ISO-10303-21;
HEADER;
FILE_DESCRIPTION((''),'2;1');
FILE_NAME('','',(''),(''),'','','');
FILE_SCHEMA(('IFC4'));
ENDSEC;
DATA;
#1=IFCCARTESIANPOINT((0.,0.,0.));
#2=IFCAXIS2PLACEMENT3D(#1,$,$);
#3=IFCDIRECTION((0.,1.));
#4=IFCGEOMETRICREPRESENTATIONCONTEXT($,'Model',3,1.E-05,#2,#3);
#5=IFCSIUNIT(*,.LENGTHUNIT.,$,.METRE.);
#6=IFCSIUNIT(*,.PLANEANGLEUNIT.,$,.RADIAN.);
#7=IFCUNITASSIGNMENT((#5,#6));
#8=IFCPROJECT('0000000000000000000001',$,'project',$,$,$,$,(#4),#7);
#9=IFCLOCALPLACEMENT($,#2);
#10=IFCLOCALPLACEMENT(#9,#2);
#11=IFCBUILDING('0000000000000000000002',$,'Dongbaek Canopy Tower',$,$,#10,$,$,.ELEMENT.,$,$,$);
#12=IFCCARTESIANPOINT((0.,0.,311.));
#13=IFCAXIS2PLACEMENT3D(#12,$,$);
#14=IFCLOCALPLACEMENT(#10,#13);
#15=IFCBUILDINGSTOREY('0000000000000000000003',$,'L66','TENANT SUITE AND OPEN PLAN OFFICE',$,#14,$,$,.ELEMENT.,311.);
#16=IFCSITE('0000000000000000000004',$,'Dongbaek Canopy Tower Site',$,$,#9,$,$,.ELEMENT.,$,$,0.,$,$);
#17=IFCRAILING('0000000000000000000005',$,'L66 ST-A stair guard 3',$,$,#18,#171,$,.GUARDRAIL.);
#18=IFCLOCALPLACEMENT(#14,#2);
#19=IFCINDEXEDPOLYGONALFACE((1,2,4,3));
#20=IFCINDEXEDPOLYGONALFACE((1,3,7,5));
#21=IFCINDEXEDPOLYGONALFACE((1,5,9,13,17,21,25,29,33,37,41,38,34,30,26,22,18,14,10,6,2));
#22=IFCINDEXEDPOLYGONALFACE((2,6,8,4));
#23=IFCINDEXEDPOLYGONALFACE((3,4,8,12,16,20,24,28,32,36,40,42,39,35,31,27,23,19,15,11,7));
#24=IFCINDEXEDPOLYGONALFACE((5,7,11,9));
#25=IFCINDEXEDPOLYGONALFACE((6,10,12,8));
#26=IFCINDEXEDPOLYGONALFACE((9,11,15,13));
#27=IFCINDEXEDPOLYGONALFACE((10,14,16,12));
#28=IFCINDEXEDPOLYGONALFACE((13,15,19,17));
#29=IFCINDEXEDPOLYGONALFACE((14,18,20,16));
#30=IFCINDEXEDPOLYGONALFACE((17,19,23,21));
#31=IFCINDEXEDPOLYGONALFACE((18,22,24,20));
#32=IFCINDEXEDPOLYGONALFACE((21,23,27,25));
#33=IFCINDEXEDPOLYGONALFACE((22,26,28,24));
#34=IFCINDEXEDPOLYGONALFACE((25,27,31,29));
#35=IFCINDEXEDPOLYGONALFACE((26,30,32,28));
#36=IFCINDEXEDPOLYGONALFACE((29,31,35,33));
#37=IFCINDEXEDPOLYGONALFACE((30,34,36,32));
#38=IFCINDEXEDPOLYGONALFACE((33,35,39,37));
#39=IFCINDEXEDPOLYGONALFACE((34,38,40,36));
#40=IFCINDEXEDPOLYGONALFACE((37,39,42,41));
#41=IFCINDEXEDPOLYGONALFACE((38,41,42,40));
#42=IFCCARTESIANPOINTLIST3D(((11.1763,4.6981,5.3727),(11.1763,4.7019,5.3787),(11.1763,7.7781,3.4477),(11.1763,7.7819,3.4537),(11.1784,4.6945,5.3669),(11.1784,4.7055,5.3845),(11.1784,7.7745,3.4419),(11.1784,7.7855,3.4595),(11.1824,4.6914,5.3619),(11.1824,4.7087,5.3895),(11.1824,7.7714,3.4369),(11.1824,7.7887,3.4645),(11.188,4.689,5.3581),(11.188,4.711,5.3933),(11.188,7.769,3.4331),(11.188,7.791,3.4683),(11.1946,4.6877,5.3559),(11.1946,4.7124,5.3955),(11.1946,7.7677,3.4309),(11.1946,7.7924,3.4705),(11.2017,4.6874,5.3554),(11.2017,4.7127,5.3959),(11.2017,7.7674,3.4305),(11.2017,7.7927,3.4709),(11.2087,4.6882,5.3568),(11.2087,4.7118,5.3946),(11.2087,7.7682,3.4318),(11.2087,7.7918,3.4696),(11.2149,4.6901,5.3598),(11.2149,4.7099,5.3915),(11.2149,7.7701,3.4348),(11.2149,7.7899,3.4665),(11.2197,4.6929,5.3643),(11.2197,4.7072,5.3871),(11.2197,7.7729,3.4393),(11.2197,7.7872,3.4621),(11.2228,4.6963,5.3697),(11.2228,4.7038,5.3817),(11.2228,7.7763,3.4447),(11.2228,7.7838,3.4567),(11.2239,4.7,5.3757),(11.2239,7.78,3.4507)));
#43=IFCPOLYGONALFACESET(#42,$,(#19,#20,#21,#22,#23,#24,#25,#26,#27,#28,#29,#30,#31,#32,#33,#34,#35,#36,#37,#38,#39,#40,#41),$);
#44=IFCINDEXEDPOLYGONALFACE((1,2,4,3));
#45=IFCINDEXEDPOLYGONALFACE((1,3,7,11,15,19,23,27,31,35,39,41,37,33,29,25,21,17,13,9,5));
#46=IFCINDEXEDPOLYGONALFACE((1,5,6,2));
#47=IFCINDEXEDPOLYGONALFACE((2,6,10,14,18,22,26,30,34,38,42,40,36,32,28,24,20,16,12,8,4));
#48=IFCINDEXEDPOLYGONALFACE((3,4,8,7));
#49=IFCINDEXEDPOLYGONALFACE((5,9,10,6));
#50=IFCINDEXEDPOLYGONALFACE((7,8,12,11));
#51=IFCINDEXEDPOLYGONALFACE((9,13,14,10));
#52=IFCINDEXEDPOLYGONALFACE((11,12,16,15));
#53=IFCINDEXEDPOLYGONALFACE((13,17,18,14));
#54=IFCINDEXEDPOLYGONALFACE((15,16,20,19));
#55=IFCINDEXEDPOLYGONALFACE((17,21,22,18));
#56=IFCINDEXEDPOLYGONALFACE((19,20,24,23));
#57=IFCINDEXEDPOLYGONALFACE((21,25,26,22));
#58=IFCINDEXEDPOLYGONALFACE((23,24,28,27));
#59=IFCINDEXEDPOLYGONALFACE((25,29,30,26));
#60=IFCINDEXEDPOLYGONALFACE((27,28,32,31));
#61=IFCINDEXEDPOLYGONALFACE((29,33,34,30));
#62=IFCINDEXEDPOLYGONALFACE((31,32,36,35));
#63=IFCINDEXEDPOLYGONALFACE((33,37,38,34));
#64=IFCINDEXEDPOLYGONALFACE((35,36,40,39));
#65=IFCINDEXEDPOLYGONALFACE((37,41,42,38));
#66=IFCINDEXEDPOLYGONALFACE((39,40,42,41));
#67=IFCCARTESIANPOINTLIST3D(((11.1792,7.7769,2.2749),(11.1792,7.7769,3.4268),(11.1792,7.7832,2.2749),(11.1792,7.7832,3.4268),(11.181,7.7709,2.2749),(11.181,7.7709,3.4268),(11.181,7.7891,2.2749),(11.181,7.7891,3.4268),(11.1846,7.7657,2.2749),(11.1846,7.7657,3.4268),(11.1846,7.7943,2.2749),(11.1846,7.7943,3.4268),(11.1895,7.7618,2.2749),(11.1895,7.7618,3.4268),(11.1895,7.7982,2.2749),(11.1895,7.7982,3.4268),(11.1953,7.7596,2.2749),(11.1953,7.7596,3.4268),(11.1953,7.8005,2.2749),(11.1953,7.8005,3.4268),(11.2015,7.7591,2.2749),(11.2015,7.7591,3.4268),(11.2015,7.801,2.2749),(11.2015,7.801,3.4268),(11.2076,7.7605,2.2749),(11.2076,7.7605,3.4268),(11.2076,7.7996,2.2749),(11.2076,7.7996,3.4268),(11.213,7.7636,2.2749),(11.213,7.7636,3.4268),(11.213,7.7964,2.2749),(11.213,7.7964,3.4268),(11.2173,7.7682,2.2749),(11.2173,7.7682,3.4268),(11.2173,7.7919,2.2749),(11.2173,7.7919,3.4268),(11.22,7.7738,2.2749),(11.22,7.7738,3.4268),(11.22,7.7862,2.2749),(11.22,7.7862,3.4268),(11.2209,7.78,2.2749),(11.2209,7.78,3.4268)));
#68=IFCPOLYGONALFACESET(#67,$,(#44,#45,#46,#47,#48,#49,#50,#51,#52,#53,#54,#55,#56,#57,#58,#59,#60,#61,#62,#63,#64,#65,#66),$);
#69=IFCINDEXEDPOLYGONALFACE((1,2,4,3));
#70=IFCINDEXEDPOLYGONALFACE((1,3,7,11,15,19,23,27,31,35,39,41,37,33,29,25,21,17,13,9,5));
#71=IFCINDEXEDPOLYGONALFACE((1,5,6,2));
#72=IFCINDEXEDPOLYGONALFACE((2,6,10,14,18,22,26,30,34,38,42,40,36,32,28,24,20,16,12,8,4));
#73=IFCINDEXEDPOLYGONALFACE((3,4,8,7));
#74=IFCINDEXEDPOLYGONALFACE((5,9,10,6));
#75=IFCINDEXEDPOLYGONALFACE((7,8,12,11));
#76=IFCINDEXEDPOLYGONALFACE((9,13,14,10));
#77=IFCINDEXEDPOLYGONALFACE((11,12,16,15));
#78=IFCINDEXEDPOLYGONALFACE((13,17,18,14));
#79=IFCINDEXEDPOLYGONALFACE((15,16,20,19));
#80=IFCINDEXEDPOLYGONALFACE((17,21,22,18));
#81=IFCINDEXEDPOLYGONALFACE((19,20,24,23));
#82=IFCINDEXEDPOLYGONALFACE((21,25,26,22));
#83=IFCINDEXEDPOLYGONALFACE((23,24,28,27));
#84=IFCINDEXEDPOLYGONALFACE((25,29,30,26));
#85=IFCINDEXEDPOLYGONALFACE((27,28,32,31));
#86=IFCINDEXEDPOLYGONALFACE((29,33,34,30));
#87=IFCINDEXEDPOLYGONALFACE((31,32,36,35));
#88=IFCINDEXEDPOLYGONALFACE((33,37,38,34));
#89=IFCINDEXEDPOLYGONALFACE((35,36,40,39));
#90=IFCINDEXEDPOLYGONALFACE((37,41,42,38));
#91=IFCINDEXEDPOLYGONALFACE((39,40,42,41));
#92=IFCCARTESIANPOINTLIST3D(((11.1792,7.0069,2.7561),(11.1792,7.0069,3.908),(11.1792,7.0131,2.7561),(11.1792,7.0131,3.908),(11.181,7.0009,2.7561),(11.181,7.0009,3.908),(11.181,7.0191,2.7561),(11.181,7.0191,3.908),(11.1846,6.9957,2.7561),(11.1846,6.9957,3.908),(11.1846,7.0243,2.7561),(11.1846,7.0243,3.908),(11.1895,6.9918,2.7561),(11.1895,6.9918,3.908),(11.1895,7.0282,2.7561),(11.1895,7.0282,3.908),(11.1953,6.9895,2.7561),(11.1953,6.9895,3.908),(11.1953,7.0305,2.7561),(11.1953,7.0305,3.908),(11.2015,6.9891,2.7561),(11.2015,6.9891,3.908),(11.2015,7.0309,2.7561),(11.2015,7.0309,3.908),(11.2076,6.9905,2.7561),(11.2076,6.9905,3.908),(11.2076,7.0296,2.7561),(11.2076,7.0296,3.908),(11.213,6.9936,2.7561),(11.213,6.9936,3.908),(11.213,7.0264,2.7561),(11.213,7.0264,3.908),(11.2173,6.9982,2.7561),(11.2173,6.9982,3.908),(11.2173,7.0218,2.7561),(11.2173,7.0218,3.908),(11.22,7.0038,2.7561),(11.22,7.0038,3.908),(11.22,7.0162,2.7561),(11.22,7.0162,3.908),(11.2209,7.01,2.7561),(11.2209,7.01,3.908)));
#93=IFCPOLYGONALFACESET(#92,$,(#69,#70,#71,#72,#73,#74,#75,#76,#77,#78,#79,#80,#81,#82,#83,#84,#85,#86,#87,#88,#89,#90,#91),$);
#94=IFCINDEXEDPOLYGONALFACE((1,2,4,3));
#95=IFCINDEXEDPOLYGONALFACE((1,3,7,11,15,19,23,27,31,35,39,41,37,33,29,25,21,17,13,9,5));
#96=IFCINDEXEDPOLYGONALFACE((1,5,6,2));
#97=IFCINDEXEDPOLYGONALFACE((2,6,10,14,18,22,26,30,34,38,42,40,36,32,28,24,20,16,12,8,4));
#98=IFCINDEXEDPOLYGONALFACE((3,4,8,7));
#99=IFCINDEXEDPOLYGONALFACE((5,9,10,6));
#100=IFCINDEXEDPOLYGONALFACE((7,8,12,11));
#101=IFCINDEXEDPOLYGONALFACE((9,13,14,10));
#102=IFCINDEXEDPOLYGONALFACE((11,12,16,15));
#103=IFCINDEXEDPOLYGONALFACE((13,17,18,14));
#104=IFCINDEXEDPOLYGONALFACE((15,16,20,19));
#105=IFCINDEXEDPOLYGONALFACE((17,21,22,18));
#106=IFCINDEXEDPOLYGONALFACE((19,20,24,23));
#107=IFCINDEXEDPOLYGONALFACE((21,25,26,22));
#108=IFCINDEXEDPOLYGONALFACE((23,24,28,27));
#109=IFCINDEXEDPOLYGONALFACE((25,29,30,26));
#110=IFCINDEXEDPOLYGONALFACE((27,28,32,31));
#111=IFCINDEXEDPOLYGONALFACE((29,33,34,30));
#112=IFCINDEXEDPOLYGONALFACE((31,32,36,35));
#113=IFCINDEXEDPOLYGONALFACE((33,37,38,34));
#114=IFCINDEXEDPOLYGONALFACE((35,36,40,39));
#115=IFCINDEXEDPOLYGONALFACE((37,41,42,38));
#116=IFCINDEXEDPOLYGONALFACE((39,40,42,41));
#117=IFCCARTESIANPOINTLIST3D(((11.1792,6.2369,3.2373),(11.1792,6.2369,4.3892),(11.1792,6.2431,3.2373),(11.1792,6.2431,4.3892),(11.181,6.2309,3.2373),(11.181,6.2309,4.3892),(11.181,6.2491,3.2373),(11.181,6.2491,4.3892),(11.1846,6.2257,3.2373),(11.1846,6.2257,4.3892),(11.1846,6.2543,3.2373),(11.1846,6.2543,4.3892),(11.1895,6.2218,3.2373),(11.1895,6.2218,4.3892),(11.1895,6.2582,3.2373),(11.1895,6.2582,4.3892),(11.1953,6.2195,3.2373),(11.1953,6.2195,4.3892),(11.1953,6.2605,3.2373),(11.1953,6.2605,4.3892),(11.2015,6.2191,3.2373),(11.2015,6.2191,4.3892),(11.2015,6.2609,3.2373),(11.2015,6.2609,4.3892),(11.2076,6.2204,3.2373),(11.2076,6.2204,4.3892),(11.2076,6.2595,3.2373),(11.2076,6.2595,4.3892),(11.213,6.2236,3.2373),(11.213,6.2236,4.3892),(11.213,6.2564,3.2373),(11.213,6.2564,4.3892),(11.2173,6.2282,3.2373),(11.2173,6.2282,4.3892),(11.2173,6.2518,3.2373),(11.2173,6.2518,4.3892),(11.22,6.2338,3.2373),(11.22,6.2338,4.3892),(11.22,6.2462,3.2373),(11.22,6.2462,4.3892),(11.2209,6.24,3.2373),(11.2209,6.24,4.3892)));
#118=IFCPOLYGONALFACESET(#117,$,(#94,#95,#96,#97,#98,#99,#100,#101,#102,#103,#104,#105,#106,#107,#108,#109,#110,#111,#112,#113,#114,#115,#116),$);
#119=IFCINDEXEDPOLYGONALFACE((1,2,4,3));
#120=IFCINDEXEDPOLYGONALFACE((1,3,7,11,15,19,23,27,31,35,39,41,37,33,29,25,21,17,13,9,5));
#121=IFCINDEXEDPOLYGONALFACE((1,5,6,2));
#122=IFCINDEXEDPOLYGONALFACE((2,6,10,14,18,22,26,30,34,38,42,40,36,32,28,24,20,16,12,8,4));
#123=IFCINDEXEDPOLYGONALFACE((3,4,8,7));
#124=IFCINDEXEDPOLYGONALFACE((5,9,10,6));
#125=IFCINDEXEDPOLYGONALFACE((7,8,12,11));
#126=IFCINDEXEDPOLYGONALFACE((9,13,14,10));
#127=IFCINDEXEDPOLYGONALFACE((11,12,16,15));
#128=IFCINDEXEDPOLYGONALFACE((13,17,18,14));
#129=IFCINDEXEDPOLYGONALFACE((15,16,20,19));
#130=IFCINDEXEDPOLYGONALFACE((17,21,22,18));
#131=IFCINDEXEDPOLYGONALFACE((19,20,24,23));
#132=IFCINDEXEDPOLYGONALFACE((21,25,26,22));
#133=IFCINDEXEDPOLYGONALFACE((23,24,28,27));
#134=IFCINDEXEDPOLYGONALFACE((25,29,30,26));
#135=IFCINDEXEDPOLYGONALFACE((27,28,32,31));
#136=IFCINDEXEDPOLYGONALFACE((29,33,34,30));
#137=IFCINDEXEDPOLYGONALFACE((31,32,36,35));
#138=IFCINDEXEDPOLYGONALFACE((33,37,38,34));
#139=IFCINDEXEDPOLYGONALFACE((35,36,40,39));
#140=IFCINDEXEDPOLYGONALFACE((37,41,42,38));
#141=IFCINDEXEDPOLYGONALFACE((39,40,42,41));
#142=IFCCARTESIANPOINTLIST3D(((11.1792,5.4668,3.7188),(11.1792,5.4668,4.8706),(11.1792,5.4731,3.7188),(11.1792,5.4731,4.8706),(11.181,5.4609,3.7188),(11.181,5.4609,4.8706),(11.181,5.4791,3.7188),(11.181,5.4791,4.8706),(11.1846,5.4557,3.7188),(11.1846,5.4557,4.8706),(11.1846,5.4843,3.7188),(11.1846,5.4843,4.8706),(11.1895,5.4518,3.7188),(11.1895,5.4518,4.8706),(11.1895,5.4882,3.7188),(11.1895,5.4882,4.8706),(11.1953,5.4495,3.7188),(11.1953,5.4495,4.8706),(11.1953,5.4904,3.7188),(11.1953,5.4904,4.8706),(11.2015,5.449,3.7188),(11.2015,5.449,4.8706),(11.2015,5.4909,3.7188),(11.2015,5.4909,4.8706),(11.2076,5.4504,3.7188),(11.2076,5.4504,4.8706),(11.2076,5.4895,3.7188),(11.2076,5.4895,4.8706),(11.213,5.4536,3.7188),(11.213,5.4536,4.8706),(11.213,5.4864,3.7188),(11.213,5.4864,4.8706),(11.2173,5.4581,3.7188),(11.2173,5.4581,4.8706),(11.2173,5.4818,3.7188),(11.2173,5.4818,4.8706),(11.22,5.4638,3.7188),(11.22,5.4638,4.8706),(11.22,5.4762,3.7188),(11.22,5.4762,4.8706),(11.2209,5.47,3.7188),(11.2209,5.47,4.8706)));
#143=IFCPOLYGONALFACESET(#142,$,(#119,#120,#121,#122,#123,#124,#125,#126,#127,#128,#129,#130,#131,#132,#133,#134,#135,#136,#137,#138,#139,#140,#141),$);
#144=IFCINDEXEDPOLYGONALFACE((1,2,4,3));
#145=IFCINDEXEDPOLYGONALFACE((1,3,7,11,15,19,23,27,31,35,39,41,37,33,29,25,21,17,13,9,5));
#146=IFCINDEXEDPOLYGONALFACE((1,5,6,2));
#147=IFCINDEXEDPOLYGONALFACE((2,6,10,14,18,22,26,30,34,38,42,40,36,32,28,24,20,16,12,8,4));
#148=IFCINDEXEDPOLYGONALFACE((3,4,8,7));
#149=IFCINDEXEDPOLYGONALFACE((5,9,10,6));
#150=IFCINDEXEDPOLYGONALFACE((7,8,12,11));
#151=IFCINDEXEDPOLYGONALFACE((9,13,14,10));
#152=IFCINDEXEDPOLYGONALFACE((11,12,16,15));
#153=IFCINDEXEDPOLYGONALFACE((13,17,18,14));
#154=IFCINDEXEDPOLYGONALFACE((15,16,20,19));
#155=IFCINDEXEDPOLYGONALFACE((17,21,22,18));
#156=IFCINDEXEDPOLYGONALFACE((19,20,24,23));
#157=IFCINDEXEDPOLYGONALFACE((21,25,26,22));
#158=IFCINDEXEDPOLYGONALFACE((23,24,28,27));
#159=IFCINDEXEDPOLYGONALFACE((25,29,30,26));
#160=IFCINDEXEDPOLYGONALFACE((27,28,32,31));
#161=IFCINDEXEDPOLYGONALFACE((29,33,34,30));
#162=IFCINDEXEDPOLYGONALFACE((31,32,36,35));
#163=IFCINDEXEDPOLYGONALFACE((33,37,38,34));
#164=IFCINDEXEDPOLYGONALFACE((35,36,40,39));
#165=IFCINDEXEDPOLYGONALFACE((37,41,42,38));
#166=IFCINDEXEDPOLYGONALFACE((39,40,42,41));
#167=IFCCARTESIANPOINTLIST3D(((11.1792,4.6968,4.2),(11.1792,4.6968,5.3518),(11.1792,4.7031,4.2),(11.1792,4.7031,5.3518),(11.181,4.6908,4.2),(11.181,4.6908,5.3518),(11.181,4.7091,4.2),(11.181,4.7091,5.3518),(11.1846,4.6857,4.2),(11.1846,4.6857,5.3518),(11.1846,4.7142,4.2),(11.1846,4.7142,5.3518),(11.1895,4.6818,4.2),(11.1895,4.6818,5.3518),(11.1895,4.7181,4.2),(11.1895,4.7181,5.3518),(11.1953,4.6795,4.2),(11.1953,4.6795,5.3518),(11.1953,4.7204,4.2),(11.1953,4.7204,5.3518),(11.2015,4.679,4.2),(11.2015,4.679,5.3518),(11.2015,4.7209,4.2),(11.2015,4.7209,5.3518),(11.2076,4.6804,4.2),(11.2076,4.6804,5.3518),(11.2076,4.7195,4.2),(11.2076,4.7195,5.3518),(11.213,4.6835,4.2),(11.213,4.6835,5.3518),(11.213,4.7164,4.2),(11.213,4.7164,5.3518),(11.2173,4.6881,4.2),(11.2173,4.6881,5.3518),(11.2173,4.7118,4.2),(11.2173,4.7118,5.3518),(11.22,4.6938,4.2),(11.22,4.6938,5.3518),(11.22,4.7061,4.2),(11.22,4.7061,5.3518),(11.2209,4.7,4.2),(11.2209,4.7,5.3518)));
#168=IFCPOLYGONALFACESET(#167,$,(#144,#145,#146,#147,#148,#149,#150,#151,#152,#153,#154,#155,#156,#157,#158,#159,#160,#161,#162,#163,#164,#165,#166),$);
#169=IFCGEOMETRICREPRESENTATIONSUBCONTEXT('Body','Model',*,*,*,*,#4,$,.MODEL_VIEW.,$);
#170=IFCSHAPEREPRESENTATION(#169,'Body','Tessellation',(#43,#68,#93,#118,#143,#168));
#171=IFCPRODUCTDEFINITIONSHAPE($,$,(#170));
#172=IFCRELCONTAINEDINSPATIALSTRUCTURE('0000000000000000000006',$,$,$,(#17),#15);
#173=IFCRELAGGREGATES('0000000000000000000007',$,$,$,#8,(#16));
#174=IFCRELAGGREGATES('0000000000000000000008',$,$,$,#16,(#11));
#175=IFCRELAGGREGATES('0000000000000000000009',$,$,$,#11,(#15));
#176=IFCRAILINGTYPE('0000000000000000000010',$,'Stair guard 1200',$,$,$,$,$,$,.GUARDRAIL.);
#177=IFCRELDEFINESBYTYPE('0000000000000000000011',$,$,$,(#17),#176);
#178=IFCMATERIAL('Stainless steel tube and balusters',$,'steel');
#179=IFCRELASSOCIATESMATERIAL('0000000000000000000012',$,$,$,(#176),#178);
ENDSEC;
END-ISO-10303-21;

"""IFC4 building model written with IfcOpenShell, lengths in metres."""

from ifc_helpers import new_model, si_unit, direction, frame, origin, origin_2d, place, context, subcontext, project, spatial, circle, extrude, material, type_object, element, save


model = new_model("IFC4")

# Units and contexts
model_context = context("Model", 3, precision=1e-05, world=origin(), true_north=direction((0.0, 1.0)))
body_context = subcontext(model_context, "Body", "Model", "MODEL_VIEW")
ifc_project = project(units=[si_unit("LENGTHUNIT", "METRE"), si_unit("PLANEANGLEUNIT", "RADIAN")], contexts=[model_context])

# Site, building, storey
site_placement = place(None, origin())
site = spatial("IfcSite", under=ifc_project, at=site_placement, Name="Dongbaek Canopy Tower Site", CompositionType="ELEMENT", RefElevation=0.0)
building_placement = place(site_placement, origin())
building = spatial("IfcBuilding", under=site, at=building_placement, Name="Dongbaek Canopy Tower", CompositionType="ELEMENT")
storey_placement = place(building_placement, frame((0.0, 0.0, 311.0)))
storey = spatial("IfcBuildingStorey", under=building, at=storey_placement, Name="L66", Description="TENANT SUITE AND OPEN PLAN OFFICE", CompositionType="ELEMENT", Elevation=311.0)

# Railing
ifc_material_1 = material(Name="Stainless steel tube and balusters", Category="steel")
railing_type_1 = type_object("IfcRailingType", Name="Stair guard 1200", PredefinedType="GUARDRAIL", material=ifc_material_1)
railing_1_placement = place(storey_placement, frame((11.2, 7.78, 2.2749)))
element("IfcRailing", 1, at=railing_1_placement, inside=storey, type_object=railing_type_1, Name="L66 ST-A stair guard 3", PredefinedType="GUARDRAIL", context=body_context, shape_type="SweptSolid", body=[
    extrude(circle(Radius=0.0239, at=origin_2d()), frame((0.0, 0.0, 1.1758), z_axis=(0.0, -0.847998, 0.529999), x_axis=(1.0, 0.0, 0.0)), (0.0, 0.0, 1.0), 3.6321),
    extrude(circle(Radius=0.021, at=origin_2d()), origin(), (0.0, 0.0, 1.0), 1.1519),
    extrude(circle(Radius=0.021, at=origin_2d()), frame((0.0, -0.77, 0.4812)), (0.0, 0.0, 1.0), 1.1519),
    extrude(circle(Radius=0.021, at=origin_2d()), frame((0.0, -1.54, 0.9624)), (0.0, 0.0, 1.0), 1.1519),
    extrude(circle(Radius=0.021, at=origin_2d()), frame((0.0, -2.3101, 1.4438)), (0.0, 0.0, 1.0), 1.1519),
    extrude(circle(Radius=0.021, at=origin_2d()), frame((0.0, -3.0801, 1.925)), (0.0, 0.0, 1.0), 1.1519),
])

save(model, "model.ifc")
